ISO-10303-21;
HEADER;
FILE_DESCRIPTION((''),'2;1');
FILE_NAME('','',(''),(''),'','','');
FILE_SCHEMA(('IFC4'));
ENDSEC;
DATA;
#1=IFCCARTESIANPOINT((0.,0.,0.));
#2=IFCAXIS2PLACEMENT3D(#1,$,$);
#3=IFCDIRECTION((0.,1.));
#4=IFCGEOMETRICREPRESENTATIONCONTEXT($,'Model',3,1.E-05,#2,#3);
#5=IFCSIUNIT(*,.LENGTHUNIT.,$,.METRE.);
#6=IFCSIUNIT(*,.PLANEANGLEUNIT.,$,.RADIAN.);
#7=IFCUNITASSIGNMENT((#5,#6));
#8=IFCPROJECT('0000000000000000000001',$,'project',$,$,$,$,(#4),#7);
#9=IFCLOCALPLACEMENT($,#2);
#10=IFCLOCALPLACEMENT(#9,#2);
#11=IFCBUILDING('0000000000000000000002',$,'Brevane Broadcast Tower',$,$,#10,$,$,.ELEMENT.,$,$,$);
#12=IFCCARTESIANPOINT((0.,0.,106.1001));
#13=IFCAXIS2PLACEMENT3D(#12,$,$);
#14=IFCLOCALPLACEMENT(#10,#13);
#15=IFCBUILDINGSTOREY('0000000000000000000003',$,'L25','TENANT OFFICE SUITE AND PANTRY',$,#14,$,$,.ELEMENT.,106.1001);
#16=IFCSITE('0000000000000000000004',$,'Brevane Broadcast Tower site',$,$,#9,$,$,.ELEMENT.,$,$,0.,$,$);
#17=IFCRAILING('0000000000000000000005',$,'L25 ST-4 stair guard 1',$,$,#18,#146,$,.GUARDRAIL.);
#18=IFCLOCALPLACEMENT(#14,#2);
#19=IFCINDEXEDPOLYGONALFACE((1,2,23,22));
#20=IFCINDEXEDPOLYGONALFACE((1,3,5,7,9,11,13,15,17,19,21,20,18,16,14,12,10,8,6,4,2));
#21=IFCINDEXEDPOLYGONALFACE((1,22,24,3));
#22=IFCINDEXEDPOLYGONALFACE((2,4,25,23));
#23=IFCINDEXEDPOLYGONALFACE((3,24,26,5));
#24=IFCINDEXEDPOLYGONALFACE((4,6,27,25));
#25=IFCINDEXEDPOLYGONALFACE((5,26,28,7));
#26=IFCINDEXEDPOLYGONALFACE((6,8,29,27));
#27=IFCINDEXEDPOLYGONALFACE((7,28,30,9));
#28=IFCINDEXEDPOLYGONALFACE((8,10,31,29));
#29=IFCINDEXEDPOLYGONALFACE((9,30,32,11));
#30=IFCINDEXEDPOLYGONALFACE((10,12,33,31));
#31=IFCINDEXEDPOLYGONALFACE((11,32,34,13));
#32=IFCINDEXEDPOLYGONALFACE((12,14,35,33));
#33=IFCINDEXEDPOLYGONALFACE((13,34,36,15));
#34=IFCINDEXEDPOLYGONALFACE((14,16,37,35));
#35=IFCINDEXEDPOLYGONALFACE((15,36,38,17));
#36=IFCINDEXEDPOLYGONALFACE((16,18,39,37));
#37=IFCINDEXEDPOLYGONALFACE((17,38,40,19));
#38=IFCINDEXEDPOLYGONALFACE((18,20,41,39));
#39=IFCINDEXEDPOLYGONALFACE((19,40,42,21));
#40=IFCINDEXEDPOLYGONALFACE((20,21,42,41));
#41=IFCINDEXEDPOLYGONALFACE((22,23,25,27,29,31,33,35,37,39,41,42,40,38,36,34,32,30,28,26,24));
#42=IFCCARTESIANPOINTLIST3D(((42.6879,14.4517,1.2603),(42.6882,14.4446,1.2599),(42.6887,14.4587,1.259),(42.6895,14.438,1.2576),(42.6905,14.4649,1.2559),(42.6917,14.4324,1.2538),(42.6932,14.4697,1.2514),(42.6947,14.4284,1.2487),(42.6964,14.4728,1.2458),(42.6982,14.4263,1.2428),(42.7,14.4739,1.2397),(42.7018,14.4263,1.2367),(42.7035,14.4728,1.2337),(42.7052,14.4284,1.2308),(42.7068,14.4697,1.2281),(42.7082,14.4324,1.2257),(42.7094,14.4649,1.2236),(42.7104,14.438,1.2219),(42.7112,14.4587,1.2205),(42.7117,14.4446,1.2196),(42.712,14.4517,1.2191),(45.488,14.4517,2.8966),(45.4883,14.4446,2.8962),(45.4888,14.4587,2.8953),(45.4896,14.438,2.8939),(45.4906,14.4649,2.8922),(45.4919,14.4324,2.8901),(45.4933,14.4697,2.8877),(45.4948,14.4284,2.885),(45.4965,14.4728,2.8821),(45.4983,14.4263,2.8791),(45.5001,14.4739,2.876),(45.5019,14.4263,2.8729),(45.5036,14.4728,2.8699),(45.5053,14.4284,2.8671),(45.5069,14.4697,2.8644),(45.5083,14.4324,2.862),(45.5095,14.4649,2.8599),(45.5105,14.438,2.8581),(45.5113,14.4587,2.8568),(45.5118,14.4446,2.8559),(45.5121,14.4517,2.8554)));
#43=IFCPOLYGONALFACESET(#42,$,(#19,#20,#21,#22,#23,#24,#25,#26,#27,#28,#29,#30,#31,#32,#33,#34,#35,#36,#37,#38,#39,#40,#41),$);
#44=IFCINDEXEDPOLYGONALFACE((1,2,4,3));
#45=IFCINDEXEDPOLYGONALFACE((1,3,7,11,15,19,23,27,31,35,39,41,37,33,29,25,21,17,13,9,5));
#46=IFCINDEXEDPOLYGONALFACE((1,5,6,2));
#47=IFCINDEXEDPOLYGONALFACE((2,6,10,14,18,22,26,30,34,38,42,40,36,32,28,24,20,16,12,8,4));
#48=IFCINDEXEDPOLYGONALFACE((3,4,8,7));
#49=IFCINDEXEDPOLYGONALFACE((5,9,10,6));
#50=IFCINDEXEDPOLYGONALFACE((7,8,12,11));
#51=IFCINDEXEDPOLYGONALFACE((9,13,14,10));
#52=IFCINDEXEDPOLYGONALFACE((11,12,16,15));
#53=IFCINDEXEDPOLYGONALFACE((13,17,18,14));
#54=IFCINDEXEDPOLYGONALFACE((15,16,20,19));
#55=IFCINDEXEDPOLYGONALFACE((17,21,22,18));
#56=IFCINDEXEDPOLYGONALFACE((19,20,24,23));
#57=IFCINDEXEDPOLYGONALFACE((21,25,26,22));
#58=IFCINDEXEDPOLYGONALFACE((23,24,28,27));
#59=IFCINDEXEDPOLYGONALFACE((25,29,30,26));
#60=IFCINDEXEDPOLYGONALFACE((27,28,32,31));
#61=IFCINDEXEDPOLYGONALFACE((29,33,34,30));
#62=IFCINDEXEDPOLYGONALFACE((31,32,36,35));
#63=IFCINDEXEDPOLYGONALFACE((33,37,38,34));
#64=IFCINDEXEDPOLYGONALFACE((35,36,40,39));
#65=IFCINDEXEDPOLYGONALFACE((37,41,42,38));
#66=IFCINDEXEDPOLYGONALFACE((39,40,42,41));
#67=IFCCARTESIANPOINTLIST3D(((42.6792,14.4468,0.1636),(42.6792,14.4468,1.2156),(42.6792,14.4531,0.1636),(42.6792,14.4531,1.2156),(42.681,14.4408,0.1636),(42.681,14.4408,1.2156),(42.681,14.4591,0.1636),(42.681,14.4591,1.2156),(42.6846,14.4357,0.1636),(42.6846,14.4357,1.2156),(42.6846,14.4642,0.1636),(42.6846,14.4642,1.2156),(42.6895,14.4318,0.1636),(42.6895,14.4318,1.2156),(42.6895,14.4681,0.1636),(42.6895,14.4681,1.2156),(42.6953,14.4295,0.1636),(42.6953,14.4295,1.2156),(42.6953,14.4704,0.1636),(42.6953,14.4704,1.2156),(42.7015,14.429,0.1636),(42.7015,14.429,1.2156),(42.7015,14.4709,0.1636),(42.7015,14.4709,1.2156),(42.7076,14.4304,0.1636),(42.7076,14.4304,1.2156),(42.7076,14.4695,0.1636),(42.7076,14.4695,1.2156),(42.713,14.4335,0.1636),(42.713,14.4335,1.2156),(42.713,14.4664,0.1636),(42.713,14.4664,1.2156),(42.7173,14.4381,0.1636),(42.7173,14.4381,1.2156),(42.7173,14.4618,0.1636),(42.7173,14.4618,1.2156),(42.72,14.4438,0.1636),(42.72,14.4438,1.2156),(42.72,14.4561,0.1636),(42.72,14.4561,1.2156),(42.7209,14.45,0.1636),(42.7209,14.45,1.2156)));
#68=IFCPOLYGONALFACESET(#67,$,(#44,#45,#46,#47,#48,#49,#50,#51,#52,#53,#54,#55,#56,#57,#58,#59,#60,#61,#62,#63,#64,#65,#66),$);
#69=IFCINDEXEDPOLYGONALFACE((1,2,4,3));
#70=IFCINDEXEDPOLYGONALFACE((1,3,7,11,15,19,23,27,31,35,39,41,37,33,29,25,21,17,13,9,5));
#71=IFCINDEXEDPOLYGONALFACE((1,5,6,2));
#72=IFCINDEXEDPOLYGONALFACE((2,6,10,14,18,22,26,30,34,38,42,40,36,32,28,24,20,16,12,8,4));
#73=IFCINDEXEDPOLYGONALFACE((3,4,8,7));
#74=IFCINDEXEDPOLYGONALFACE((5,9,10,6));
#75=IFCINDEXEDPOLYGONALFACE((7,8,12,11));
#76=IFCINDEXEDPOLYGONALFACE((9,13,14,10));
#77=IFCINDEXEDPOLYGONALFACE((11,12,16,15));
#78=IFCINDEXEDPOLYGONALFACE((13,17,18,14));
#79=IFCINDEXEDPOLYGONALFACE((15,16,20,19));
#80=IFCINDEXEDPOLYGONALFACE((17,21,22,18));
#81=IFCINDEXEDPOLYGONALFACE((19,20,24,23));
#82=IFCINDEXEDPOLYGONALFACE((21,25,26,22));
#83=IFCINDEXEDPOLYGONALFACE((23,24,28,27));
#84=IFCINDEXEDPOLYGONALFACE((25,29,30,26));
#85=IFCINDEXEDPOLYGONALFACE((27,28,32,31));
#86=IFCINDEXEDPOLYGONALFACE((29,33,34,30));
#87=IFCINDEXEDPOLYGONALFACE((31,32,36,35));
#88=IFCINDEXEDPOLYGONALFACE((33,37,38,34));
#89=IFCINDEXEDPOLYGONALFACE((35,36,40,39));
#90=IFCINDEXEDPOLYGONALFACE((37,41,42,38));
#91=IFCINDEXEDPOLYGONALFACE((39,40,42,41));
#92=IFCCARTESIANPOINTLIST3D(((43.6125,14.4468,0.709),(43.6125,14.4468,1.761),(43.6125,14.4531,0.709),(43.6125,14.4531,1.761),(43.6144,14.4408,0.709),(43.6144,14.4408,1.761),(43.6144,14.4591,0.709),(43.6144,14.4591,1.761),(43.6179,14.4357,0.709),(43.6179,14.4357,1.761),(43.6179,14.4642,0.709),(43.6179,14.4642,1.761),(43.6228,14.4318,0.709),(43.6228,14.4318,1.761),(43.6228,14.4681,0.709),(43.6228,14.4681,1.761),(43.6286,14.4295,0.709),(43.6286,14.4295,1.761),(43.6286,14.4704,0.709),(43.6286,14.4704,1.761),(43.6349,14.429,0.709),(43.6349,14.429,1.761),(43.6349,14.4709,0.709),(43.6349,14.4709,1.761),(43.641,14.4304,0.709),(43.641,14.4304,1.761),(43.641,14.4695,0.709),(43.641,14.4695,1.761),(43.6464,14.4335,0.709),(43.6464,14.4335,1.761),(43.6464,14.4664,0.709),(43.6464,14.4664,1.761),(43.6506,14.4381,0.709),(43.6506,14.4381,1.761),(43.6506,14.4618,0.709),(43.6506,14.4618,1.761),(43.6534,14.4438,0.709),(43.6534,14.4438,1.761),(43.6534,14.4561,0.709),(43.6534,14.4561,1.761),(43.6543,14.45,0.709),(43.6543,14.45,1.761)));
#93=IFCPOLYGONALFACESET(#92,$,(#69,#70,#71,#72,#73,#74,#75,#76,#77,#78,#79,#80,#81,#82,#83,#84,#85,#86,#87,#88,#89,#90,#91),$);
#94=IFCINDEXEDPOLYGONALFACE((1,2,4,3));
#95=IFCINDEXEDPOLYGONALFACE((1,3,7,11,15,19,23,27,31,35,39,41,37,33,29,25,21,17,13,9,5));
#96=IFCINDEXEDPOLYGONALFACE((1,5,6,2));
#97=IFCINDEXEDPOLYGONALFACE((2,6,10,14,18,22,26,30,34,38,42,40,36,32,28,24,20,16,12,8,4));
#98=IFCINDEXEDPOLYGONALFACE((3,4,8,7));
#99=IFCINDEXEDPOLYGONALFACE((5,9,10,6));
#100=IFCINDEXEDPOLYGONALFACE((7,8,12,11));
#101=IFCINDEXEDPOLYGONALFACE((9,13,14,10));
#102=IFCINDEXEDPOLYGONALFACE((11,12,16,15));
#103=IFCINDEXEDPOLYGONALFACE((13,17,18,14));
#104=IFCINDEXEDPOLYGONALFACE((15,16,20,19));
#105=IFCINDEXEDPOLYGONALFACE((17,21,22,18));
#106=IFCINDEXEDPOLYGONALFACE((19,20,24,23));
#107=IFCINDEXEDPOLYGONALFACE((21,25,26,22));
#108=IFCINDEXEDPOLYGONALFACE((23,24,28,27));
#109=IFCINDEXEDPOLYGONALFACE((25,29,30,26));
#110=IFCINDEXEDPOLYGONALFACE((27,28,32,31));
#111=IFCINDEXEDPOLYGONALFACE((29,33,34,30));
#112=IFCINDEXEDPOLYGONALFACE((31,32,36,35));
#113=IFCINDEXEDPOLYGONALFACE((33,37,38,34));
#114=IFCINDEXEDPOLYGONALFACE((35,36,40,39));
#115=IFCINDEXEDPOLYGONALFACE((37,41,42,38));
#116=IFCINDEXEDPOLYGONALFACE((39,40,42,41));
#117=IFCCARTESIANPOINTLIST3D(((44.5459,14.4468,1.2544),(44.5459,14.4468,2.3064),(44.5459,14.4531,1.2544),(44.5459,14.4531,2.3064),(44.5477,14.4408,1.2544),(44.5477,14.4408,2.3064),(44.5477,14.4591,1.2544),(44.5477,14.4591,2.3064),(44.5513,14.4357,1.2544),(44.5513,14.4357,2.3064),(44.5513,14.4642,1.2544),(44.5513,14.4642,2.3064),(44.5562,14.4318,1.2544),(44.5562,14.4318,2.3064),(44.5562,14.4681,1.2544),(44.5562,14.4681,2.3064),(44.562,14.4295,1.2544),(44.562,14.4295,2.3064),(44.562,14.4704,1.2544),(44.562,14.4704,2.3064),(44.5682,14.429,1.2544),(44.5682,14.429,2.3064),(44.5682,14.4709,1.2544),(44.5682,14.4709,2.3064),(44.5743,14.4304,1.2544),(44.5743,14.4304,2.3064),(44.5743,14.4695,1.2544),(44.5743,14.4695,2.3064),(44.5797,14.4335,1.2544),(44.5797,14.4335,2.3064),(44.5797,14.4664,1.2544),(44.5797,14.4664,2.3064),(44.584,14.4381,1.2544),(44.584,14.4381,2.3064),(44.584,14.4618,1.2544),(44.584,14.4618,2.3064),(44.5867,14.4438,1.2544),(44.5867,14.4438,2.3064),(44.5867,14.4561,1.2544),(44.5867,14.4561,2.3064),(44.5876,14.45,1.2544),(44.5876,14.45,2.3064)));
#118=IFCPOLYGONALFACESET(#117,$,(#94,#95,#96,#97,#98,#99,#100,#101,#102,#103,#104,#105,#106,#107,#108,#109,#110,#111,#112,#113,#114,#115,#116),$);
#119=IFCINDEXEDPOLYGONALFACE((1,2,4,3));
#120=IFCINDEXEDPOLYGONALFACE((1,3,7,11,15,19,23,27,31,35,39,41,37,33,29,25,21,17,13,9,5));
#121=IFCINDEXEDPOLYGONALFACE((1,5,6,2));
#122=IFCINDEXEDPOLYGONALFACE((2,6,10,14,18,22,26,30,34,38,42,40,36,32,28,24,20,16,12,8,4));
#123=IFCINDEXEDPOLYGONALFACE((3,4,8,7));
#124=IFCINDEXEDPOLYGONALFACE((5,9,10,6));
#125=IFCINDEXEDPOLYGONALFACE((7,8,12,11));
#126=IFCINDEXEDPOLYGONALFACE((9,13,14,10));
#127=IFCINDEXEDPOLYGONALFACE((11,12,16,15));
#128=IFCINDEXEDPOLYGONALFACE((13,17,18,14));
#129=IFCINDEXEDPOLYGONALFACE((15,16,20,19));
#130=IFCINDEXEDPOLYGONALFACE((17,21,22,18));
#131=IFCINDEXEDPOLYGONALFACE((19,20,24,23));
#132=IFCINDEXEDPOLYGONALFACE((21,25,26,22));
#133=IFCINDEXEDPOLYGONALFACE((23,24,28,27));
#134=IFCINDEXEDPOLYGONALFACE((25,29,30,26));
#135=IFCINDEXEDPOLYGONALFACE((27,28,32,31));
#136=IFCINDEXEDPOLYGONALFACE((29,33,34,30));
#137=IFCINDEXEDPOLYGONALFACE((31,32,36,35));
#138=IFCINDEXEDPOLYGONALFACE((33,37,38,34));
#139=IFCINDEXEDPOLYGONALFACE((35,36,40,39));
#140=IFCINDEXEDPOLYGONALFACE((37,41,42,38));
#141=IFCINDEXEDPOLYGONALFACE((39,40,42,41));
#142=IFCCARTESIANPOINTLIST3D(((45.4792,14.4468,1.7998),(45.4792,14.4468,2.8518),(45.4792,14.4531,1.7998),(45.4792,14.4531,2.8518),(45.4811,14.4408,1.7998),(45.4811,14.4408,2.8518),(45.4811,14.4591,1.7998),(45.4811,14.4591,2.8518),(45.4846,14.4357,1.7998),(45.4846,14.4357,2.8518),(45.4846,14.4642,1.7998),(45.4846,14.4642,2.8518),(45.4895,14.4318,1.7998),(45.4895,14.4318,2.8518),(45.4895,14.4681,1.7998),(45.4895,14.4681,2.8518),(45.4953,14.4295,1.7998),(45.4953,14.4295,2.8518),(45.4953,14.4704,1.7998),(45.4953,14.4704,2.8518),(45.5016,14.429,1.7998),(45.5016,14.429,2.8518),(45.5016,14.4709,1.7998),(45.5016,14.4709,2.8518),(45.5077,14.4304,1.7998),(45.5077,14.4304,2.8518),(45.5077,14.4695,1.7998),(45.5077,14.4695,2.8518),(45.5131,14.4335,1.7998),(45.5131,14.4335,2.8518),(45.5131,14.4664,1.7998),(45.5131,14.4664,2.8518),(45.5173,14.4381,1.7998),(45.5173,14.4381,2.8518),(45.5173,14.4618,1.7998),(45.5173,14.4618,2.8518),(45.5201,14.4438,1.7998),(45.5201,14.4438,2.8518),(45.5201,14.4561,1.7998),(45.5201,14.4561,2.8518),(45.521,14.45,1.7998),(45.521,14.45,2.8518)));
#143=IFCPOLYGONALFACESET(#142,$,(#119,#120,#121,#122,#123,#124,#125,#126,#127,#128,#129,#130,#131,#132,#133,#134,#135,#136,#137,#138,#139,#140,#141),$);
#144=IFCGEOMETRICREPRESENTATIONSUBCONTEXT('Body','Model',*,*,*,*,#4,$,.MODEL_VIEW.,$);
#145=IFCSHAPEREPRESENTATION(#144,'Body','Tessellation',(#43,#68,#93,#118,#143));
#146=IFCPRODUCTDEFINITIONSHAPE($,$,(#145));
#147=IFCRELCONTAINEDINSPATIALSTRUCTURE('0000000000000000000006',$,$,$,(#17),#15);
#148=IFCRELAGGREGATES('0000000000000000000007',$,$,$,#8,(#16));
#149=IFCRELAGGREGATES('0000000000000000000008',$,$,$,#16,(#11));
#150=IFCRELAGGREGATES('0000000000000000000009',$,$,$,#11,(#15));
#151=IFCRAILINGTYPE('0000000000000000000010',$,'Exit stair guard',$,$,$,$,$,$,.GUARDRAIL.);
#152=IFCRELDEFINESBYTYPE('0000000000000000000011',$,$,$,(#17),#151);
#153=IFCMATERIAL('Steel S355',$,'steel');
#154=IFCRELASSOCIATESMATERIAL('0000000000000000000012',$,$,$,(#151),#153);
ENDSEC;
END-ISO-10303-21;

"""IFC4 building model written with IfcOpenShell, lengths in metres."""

from ifc_helpers import new_model, si_unit, direction, frame, origin, origin_2d, place, context, subcontext, project, spatial, circle, extrude, material, type_object, element, save


model = new_model("IFC4")

# Units and contexts
model_context = context("Model", 3, precision=1e-05, world=origin(), true_north=direction((0.0, 1.0)))
body_context = subcontext(model_context, "Body", "Model", "MODEL_VIEW")
ifc_project = project(units=[si_unit("LENGTHUNIT", "METRE"), si_unit("PLANEANGLEUNIT", "RADIAN")], contexts=[model_context])

# Site, building, storey
site_placement = place(None, origin())
site = spatial("IfcSite", under=ifc_project, at=site_placement, Name="Brevane Broadcast Tower site", CompositionType="ELEMENT", RefElevation=0.0)
building_placement = place(site_placement, origin())
building = spatial("IfcBuilding", under=site, at=building_placement, Name="Brevane Broadcast Tower", CompositionType="ELEMENT")
storey_placement = place(building_placement, frame((0.0, 0.0, 106.1001)))
storey = spatial("IfcBuildingStorey", under=building, at=storey_placement, Name="L25", Description="TENANT OFFICE SUITE AND PANTRY", CompositionType="ELEMENT", Elevation=106.1001)

# Railing
ifc_material_1 = material(Name="Steel S355", Category="steel")
railing_type_1 = type_object("IfcRailingType", Name="Exit stair guard", PredefinedType="GUARDRAIL", material=ifc_material_1)
railing_1_placement = place(storey_placement, frame((42.7, 14.45, 0.1636)))
element("IfcRailing", 1, at=railing_1_placement, inside=storey, type_object=railing_type_1, Name="L25 ST-4 stair guard 1", PredefinedType="GUARDRAIL", context=body_context, shape_type="SweptSolid", body=[
    extrude(circle(Radius=0.0239, at=origin_2d()), frame((0.0, 0.0, 1.0762), z_axis=(0.863394, 0.0, 0.504531), x_axis=(0.0, 1.0, 0.0)), (0.0, 0.0, 1.0), 3.2432),
    extrude(circle(Radius=0.021, at=origin_2d()), origin(), (0.0, 0.0, 1.0), 1.052),
    extrude(circle(Radius=0.021, at=origin_2d()), frame((0.9333, 0.0, 0.5454)), (0.0, 0.0, 1.0), 1.052),
    extrude(circle(Radius=0.021, at=origin_2d()), frame((1.8667, 0.0, 1.0908)), (0.0, 0.0, 1.0), 1.052),
    extrude(circle(Radius=0.021, at=origin_2d()), frame((2.8, 0.0, 1.6362)), (0.0, 0.0, 1.0), 1.052),
])

save(model, "model.ifc")
